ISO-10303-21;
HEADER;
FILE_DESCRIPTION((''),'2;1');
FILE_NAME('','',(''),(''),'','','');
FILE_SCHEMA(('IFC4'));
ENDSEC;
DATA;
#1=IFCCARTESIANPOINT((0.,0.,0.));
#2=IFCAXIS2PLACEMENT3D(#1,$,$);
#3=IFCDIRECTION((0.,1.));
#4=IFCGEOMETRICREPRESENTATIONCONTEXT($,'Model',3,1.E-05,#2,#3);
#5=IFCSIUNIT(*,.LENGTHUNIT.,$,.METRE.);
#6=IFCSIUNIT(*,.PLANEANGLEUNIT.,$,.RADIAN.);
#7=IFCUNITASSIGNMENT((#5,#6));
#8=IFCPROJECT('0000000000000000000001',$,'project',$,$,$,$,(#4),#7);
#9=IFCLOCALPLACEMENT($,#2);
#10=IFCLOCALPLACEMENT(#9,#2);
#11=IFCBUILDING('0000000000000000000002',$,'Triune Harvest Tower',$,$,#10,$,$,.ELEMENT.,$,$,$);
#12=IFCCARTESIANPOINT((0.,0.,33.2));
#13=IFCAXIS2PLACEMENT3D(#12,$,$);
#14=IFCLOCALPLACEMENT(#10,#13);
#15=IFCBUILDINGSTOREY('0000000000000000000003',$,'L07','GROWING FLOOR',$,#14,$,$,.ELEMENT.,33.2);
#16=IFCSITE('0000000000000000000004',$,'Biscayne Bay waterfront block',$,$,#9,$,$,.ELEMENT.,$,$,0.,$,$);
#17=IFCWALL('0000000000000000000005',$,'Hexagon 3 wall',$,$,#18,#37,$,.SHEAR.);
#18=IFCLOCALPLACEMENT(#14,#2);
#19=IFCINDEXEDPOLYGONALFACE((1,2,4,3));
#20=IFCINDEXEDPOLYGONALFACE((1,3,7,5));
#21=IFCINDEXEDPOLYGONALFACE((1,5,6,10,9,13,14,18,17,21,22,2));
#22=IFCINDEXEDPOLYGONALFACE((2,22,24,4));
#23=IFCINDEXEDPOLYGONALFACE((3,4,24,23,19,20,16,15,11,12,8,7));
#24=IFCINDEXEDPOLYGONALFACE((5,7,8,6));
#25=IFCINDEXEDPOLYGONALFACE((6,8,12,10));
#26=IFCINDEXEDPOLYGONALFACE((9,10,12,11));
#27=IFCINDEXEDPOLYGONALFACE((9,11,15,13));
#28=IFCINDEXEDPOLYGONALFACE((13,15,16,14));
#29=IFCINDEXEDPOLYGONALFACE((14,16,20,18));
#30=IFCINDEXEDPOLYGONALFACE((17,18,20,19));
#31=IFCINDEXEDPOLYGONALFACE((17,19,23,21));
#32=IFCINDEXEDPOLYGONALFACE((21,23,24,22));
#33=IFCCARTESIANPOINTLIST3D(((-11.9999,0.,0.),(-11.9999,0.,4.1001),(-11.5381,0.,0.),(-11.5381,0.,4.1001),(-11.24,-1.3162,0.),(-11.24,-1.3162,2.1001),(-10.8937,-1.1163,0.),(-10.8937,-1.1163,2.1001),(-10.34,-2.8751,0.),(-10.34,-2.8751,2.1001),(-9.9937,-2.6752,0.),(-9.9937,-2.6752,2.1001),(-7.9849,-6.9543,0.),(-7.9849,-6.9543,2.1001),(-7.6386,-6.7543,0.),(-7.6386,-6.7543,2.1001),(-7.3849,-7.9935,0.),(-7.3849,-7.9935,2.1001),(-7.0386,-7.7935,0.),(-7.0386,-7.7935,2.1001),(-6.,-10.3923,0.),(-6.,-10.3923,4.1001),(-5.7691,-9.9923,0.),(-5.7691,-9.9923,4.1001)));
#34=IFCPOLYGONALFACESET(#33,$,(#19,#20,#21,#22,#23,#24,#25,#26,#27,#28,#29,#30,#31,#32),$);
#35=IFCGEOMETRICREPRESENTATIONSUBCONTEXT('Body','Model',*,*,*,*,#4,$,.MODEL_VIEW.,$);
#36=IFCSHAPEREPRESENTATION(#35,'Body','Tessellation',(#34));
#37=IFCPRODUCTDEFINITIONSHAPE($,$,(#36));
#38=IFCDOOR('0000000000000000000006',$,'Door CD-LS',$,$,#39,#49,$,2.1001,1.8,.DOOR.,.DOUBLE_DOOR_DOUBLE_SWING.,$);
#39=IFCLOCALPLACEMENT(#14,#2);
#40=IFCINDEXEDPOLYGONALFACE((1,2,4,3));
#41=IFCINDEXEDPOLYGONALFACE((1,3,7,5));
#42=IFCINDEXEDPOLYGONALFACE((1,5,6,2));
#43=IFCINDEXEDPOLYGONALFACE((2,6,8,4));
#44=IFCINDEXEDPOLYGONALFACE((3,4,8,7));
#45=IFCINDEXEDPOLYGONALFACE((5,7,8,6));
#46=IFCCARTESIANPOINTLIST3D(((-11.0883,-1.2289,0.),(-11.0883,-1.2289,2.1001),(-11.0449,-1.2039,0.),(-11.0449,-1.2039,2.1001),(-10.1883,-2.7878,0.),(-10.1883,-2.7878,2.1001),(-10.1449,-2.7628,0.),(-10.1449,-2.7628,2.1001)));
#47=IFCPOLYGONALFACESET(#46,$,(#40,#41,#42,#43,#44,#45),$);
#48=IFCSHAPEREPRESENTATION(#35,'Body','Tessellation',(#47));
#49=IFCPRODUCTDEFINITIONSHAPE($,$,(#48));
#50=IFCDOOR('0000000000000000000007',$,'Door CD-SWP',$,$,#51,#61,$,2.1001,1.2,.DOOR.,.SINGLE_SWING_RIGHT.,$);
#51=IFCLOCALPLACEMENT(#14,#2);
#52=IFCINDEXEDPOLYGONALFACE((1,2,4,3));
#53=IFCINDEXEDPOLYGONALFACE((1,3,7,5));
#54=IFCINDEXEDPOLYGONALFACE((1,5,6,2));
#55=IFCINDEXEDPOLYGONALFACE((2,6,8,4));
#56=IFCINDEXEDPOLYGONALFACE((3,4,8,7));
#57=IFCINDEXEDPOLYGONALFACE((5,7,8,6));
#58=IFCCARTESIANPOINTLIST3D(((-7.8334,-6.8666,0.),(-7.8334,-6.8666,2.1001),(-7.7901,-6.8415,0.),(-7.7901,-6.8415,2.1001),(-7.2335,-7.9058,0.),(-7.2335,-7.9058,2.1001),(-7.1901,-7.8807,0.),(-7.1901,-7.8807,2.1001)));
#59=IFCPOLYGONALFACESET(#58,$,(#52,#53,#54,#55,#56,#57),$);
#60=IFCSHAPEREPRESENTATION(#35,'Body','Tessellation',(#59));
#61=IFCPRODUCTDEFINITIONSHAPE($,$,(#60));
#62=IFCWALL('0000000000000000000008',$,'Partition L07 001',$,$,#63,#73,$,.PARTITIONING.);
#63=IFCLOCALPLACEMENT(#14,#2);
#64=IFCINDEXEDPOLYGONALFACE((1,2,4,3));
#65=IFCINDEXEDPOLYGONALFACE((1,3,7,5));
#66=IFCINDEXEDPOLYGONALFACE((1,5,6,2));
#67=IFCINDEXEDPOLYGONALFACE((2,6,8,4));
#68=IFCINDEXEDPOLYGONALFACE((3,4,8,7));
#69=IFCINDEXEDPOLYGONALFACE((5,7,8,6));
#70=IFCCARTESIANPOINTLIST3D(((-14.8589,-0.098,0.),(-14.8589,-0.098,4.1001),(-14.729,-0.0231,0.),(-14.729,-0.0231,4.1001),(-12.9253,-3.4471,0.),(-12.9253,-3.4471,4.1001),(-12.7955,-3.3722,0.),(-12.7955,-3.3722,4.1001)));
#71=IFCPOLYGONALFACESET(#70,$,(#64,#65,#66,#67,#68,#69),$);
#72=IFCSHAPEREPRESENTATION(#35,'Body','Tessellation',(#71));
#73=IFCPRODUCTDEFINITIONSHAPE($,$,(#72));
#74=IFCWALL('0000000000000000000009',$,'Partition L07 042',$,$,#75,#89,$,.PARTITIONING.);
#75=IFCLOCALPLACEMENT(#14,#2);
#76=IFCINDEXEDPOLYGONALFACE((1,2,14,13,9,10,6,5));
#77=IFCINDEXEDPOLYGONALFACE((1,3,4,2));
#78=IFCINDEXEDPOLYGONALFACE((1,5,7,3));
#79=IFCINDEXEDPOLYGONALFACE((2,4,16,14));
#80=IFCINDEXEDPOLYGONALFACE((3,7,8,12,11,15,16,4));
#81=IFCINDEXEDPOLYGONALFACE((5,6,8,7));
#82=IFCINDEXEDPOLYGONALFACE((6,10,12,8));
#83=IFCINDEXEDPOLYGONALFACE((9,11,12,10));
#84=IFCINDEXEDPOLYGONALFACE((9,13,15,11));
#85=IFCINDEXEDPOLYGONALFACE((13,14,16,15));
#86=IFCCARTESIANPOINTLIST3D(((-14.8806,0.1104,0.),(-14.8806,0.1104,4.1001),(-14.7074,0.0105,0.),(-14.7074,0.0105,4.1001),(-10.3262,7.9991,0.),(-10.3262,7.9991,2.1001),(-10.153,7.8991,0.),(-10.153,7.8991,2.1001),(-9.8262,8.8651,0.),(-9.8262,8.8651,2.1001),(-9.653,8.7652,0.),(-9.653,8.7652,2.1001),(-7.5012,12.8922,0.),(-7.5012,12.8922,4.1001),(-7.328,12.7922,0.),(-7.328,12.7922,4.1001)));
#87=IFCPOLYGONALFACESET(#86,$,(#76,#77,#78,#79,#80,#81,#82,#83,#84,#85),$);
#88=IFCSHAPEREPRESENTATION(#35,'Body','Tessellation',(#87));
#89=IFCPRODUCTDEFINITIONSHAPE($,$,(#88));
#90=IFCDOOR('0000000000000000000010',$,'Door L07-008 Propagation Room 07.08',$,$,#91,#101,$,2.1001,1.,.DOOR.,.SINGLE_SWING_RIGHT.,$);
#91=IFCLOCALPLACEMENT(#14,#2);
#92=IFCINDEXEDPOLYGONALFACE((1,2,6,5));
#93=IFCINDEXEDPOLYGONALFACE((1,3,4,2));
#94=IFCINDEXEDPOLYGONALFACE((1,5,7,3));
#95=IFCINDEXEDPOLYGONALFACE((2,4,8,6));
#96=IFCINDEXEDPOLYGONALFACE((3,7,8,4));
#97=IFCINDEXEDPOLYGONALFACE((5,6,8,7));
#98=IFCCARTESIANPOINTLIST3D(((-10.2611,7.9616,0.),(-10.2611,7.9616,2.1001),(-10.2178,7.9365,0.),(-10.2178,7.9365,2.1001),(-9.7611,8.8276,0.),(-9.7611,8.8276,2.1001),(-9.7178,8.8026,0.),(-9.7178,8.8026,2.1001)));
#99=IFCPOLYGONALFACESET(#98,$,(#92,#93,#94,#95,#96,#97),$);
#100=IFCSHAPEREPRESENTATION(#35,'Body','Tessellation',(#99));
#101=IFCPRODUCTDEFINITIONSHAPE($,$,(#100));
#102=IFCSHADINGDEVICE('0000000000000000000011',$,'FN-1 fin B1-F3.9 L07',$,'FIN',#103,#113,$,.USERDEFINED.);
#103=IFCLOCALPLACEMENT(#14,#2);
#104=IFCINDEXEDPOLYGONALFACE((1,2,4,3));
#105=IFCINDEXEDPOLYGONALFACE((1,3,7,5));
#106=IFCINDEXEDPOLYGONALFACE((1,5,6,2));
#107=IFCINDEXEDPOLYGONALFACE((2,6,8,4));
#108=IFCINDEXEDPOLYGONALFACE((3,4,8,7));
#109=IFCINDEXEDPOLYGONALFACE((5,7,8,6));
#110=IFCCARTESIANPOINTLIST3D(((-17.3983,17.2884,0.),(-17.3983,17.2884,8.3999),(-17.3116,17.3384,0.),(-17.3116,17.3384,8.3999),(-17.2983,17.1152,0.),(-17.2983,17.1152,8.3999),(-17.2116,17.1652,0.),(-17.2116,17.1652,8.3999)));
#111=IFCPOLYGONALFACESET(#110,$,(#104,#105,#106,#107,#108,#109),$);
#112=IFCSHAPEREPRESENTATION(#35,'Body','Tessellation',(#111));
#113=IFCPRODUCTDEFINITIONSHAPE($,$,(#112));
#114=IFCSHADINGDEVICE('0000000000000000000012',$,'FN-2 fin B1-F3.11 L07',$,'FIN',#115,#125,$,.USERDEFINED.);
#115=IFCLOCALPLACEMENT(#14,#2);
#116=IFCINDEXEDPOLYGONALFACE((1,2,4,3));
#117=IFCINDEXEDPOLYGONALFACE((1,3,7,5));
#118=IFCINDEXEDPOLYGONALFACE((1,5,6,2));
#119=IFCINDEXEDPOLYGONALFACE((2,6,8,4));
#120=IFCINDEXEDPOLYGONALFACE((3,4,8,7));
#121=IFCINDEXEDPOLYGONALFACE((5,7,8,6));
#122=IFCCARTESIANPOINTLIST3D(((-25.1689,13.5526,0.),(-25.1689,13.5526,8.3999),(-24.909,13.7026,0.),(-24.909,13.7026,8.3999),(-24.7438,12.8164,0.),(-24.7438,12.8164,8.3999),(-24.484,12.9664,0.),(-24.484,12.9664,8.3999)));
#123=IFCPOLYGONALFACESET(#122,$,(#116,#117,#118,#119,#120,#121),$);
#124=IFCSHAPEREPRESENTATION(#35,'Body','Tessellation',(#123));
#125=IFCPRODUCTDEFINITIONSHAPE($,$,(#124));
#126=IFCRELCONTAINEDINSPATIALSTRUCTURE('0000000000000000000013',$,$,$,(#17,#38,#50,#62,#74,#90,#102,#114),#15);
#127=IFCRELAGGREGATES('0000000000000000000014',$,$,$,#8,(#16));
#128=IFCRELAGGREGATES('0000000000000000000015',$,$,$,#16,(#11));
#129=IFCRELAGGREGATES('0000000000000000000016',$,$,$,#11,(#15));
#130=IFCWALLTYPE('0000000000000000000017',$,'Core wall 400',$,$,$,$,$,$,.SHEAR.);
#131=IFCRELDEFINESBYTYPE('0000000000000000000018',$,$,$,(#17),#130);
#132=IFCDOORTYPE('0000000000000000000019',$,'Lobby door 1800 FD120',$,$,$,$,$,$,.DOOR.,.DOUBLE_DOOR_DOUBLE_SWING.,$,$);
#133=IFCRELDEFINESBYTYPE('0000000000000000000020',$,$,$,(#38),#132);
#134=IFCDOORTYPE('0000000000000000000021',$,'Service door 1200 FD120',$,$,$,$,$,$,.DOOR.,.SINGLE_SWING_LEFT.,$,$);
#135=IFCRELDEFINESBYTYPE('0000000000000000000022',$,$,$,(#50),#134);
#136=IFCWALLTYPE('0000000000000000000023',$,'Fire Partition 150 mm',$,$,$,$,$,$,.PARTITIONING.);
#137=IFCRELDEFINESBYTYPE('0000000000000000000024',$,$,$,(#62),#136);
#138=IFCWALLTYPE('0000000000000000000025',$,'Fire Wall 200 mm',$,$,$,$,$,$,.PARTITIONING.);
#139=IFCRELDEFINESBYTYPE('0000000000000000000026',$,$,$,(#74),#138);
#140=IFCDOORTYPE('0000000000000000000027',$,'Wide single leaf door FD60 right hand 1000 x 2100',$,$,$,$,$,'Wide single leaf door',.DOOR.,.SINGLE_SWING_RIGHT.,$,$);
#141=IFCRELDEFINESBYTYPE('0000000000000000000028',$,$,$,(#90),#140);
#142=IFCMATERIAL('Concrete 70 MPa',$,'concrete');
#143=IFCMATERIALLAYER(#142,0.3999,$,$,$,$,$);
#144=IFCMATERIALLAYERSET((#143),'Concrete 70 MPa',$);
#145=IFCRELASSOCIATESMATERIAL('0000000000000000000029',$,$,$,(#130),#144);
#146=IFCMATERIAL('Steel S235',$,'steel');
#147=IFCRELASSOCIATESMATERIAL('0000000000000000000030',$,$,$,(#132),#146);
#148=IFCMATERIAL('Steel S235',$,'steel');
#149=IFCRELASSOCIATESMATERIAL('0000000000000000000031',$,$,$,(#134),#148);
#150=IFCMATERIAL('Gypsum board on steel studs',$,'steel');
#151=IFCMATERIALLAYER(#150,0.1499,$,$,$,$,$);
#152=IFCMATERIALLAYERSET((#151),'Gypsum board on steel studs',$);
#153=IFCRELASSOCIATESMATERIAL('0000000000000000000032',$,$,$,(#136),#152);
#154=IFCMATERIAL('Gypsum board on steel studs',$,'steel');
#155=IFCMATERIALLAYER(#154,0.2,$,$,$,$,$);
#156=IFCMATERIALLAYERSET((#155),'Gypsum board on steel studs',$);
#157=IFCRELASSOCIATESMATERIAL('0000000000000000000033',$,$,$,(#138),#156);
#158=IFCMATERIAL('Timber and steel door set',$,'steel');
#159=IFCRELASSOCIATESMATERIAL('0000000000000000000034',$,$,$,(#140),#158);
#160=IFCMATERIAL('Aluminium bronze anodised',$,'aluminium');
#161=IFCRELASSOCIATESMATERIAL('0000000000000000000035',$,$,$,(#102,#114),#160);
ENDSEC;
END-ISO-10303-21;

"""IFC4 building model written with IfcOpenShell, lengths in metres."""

from ifc_helpers import new_model, si_unit, direction, frame, frame_2d, origin, origin_2d, place, context, subcontext, project, spatial, polyline, rectangle, outline, extrude, source, transform, mapped, material, layer, layer_set, type_object, element, fill, save


model = new_model("IFC4")

# Units and contexts
model_context = context("Model", 3, precision=1e-05, world=origin(), true_north=direction((0.0, 1.0)))
body_context = subcontext(model_context, "Body", "Model", "MODEL_VIEW")
ifc_project = project(units=[si_unit("LENGTHUNIT", "METRE"), si_unit("PLANEANGLEUNIT", "RADIAN")], contexts=[model_context])

# Site, building, storey
site_placement = place(None, origin())
site = spatial("IfcSite", under=ifc_project, at=site_placement, Name="Biscayne Bay waterfront block", CompositionType="ELEMENT", RefElevation=0.0)
building_placement = place(site_placement, origin())
building = spatial("IfcBuilding", under=site, at=building_placement, Name="Triune Harvest Tower", CompositionType="ELEMENT")
storey_placement = place(building_placement, frame((0.0, 0.0, 33.2)))
storey = spatial("IfcBuildingStorey", under=building, at=storey_placement, Name="L07", Description="GROWING FLOOR", CompositionType="ELEMENT", Elevation=33.2)

# Wall, openings, doors
ifc_material_1 = material(Name="Concrete 70 MPa", Category="concrete")
ifc_layer_1 = layer(ifc_material_1, 0.3999)
ifc_layer_set_1 = layer_set([ifc_layer_1], Name="Concrete 70 MPa")
wall_type_1 = type_object("IfcWallType", Name="Core wall 400", PredefinedType="SHEAR", material=ifc_layer_set_1)
shared_shape_1 = source(origin(), body_context, "Body", "SweptSolid", [
    extrude(outline(polyline([(-0.1155, -0.2), (11.8845, -0.2), (11.6536, 0.2), (0.1155, 0.2), (-0.1155, -0.2)])), origin(), (0.0, 0.0, 1.0), 4.1001),
])
wall_1_placement = place(storey_placement, frame((-11.769, 0.0, 0.0), z_axis=(0.0, 0.0, 1.0), x_axis=(0.499997, -0.866027, 0.0)))
wall_1 = element("IfcWall", 1, at=wall_1_placement, inside=storey, type_object=wall_type_1, Name="Hexagon 3 wall", PredefinedType="SHEAR", context=body_context, shape_type="MappedRepresentation", body=[
    mapped(shared_shape_1, transform((0.0, 0.0, 0.0), scale=1.0)),
])
opening_1_placement = place(wall_1_placement, frame((1.4045, 0.0, 0.0)))
opening_1 = element("IfcOpeningElement", 2, at=opening_1_placement, cuts=wall_1, PredefinedType="OPENING", context=body_context, shape_type="SweptSolid", body=[
    extrude(rectangle(XDim=1.8, YDim=2.1001, at=frame_2d((0.8999, 1.05))), frame((0.0, 0.21, 0.0), z_axis=(0.0, -1.0, 0.0), x_axis=(1.0, 0.0, 0.0)), (0.0, 0.0, 1.0), 0.4199),
])
opening_2_placement = place(wall_1_placement, frame((7.9146, 0.0, 0.0)))
opening_2 = element("IfcOpeningElement", 3, at=opening_2_placement, cuts=wall_1, PredefinedType="OPENING", context=body_context, shape_type="SweptSolid", body=[
    extrude(rectangle(XDim=1.2, YDim=2.1001, at=frame_2d((0.6001, 1.05))), frame((0.0, 0.21, 0.0), z_axis=(0.0, -1.0, 0.0), x_axis=(1.0, 0.0, 0.0)), (0.0, 0.0, 1.0), 0.4199),
])
ifc_material_2 = material(Name="Steel S235", Category="steel")
door_type_1 = type_object("IfcDoorType", Name="Lobby door 1800 FD120", OperationType="DOUBLE_DOOR_DOUBLE_SWING", PredefinedType="DOOR", material=ifc_material_2)
door_1_placement = place(opening_1_placement, frame((1.8, 0.0, 0.0), z_axis=(0.0, 0.0, 1.0), x_axis=(-1.0, 0.0, 0.0)))
door_1 = element("IfcDoor", 4, at=door_1_placement, inside=storey, type_object=door_type_1, Name="Door CD-LS", OperationType="DOUBLE_DOOR_DOUBLE_SWING", OverallHeight=2.1001, OverallWidth=1.8, PredefinedType="DOOR", context=body_context, shape_type="SweptSolid", body=[
    extrude(rectangle(XDim=1.8, YDim=2.1001, at=frame_2d((0.8999, 1.05))), frame((0.0, 0.0249, 0.0), z_axis=(0.0, -1.0, 0.0), x_axis=(1.0, 0.0, 0.0)), (0.0, 0.0, 1.0), 0.05),
])
fill(opening_1, door_1)
ifc_material_3 = material(Name="Steel S235", Category="steel")
door_type_2 = type_object("IfcDoorType", Name="Service door 1200 FD120", OperationType="SINGLE_SWING_LEFT", PredefinedType="DOOR", material=ifc_material_3)
door_2_placement = place(opening_2_placement, frame((1.2, 0.0, 0.0), z_axis=(0.0, 0.0, 1.0), x_axis=(-1.0, 0.0, 0.0)))
door_2 = element("IfcDoor", 5, at=door_2_placement, inside=storey, type_object=door_type_2, Name="Door CD-SWP", OperationType="SINGLE_SWING_RIGHT", OverallHeight=2.1001, OverallWidth=1.2, PredefinedType="DOOR", context=body_context, shape_type="SweptSolid", body=[
    extrude(rectangle(XDim=1.2, YDim=2.1001, at=frame_2d((0.6001, 1.05))), frame((0.0, 0.0249, 0.0), z_axis=(0.0, -1.0, 0.0), x_axis=(1.0, 0.0, 0.0)), (0.0, 0.0, 1.0), 0.05),
])
fill(opening_2, door_2)

# Wall
ifc_material_4 = material(Name="Gypsum board on steel studs", Category="steel")
ifc_layer_2 = layer(ifc_material_4, 0.1499)
ifc_layer_set_2 = layer_set([ifc_layer_2], Name="Gypsum board on steel studs")
wall_type_2 = type_object("IfcWallType", Name="Fire Partition 150 mm", PredefinedType="PARTITIONING", material=ifc_layer_set_2)
shared_shape_2 = source(origin(), body_context, "Body", "SweptSolid", [
    extrude(rectangle(XDim=3.8672, YDim=0.1499, at=frame_2d((1.9336, 0.0))), origin(), (0.0, 0.0, 1.0), 4.1001),
])
wall_2_placement = place(storey_placement, frame((-14.7939, -0.0605, 0.0), z_axis=(0.0, 0.0, 1.0), x_axis=(0.499996, -0.866028, 0.0)))
element("IfcWall", 6, at=wall_2_placement, inside=storey, type_object=wall_type_2, Name="Partition L07 001", PredefinedType="PARTITIONING", context=body_context, shape_type="MappedRepresentation", body=[
    mapped(shared_shape_2, transform((0.0, 0.0, 0.0), scale=1.0)),
])

# Wall, opening, door
ifc_material_5 = material(Name="Gypsum board on steel studs", Category="steel")
ifc_layer_3 = layer(ifc_material_5, 0.2)
ifc_layer_set_3 = layer_set([ifc_layer_3], Name="Gypsum board on steel studs")
wall_type_3 = type_object("IfcWallType", Name="Fire Wall 200 mm", PredefinedType="PARTITIONING", material=ifc_layer_set_3)
shared_shape_3 = source(origin(), body_context, "Body", "SweptSolid", [
    extrude(rectangle(XDim=14.759, YDim=0.2, at=frame_2d((7.3794, 0.0))), origin(), (0.0, 0.0, 1.0), 4.1001),
])
wall_3_placement = place(storey_placement, frame((-14.7939, 0.0605, 0.0), z_axis=(0.0, 0.0, 1.0), x_axis=(0.499993, 0.86603, 0.0)))
wall_3 = element("IfcWall", 7, at=wall_3_placement, inside=storey, type_object=wall_type_3, Name="Partition L07 042", PredefinedType="PARTITIONING", context=body_context, shape_type="MappedRepresentation", body=[
    mapped(shared_shape_3, transform((0.0, 0.0, 0.0), scale=1.0)),
])
opening_3_placement = place(wall_3_placement, frame((9.1089, 0.0, 0.0)))
opening_3 = element("IfcOpeningElement", 8, at=opening_3_placement, cuts=wall_3, PredefinedType="OPENING", context=body_context, shape_type="SweptSolid", body=[
    extrude(rectangle(XDim=1.0, YDim=2.1001, at=frame_2d((0.5, 1.05))), frame((0.0, 0.1099, 0.0), z_axis=(0.0, -1.0, 0.0), x_axis=(1.0, 0.0, 0.0)), (0.0, 0.0, 1.0), 0.22),
])
ifc_material_6 = material(Name="Timber and steel door set", Category="steel")
door_type_3 = type_object("IfcDoorType", Name="Wide single leaf door FD60 right hand 1000 x 2100", ElementType="Wide single leaf door", OperationType="SINGLE_SWING_RIGHT", PredefinedType="DOOR", material=ifc_material_6)
door_3_placement = place(opening_3_placement, origin())
door_3 = element("IfcDoor", 9, at=door_3_placement, inside=storey, type_object=door_type_3, Name="Door L07-008 Propagation Room 07.08", OperationType="SINGLE_SWING_RIGHT", OverallHeight=2.1001, OverallWidth=1.0, PredefinedType="DOOR", context=body_context, shape_type="SweptSolid", body=[
    extrude(rectangle(XDim=1.0, YDim=2.1001, at=frame_2d((0.5, 1.05))), frame((0.0, 0.0249, 0.0), z_axis=(0.0, -1.0, 0.0), x_axis=(1.0, 0.0, 0.0)), (0.0, 0.0, 1.0), 0.05),
])
fill(opening_3, door_3)

# Shading devices
ifc_material_7 = material(Name="Aluminium bronze anodised", Category="aluminium")
shared_shape_4 = source(origin(), body_context, "Body", "SweptSolid", [
    extrude(rectangle(XDim=0.1001, YDim=0.2, at=origin_2d()), origin(), (0.0, 0.0, 1.0), 8.3999),
])
shading_device_1_placement = place(storey_placement, frame((-17.3049, 17.2268, 0.0), z_axis=(0.0, 0.0, 1.0), x_axis=(-0.866025, -0.5, 0.0)))
element("IfcShadingDevice", 10, at=shading_device_1_placement, inside=storey, material=ifc_material_7, Name="FN-1 fin B1-F3.9 L07", ObjectType="FIN", PredefinedType="USERDEFINED", context=body_context, shape_type="MappedRepresentation", body=[
    mapped(shared_shape_4, transform((0.0, 0.0, 0.0), scale=1.0)),
])
shared_shape_5 = source(origin(), body_context, "Body", "SweptSolid", [
    extrude(rectangle(XDim=0.3, YDim=0.8501, at=origin_2d()), origin(), (0.0, 0.0, 1.0), 8.3999),
])
shading_device_2_placement = place(storey_placement, frame((-24.8264, 13.2595, 0.0), z_axis=(0.0, 0.0, 1.0), x_axis=(-0.866025, -0.5, 0.0)))
element("IfcShadingDevice", 11, at=shading_device_2_placement, inside=storey, material=ifc_material_7, Name="FN-2 fin B1-F3.11 L07", ObjectType="FIN", PredefinedType="USERDEFINED", context=body_context, shape_type="MappedRepresentation", body=[
    mapped(shared_shape_5, transform((0.0, 0.0, 0.0), scale=1.0)),
])

save(model, "model.ifc")
